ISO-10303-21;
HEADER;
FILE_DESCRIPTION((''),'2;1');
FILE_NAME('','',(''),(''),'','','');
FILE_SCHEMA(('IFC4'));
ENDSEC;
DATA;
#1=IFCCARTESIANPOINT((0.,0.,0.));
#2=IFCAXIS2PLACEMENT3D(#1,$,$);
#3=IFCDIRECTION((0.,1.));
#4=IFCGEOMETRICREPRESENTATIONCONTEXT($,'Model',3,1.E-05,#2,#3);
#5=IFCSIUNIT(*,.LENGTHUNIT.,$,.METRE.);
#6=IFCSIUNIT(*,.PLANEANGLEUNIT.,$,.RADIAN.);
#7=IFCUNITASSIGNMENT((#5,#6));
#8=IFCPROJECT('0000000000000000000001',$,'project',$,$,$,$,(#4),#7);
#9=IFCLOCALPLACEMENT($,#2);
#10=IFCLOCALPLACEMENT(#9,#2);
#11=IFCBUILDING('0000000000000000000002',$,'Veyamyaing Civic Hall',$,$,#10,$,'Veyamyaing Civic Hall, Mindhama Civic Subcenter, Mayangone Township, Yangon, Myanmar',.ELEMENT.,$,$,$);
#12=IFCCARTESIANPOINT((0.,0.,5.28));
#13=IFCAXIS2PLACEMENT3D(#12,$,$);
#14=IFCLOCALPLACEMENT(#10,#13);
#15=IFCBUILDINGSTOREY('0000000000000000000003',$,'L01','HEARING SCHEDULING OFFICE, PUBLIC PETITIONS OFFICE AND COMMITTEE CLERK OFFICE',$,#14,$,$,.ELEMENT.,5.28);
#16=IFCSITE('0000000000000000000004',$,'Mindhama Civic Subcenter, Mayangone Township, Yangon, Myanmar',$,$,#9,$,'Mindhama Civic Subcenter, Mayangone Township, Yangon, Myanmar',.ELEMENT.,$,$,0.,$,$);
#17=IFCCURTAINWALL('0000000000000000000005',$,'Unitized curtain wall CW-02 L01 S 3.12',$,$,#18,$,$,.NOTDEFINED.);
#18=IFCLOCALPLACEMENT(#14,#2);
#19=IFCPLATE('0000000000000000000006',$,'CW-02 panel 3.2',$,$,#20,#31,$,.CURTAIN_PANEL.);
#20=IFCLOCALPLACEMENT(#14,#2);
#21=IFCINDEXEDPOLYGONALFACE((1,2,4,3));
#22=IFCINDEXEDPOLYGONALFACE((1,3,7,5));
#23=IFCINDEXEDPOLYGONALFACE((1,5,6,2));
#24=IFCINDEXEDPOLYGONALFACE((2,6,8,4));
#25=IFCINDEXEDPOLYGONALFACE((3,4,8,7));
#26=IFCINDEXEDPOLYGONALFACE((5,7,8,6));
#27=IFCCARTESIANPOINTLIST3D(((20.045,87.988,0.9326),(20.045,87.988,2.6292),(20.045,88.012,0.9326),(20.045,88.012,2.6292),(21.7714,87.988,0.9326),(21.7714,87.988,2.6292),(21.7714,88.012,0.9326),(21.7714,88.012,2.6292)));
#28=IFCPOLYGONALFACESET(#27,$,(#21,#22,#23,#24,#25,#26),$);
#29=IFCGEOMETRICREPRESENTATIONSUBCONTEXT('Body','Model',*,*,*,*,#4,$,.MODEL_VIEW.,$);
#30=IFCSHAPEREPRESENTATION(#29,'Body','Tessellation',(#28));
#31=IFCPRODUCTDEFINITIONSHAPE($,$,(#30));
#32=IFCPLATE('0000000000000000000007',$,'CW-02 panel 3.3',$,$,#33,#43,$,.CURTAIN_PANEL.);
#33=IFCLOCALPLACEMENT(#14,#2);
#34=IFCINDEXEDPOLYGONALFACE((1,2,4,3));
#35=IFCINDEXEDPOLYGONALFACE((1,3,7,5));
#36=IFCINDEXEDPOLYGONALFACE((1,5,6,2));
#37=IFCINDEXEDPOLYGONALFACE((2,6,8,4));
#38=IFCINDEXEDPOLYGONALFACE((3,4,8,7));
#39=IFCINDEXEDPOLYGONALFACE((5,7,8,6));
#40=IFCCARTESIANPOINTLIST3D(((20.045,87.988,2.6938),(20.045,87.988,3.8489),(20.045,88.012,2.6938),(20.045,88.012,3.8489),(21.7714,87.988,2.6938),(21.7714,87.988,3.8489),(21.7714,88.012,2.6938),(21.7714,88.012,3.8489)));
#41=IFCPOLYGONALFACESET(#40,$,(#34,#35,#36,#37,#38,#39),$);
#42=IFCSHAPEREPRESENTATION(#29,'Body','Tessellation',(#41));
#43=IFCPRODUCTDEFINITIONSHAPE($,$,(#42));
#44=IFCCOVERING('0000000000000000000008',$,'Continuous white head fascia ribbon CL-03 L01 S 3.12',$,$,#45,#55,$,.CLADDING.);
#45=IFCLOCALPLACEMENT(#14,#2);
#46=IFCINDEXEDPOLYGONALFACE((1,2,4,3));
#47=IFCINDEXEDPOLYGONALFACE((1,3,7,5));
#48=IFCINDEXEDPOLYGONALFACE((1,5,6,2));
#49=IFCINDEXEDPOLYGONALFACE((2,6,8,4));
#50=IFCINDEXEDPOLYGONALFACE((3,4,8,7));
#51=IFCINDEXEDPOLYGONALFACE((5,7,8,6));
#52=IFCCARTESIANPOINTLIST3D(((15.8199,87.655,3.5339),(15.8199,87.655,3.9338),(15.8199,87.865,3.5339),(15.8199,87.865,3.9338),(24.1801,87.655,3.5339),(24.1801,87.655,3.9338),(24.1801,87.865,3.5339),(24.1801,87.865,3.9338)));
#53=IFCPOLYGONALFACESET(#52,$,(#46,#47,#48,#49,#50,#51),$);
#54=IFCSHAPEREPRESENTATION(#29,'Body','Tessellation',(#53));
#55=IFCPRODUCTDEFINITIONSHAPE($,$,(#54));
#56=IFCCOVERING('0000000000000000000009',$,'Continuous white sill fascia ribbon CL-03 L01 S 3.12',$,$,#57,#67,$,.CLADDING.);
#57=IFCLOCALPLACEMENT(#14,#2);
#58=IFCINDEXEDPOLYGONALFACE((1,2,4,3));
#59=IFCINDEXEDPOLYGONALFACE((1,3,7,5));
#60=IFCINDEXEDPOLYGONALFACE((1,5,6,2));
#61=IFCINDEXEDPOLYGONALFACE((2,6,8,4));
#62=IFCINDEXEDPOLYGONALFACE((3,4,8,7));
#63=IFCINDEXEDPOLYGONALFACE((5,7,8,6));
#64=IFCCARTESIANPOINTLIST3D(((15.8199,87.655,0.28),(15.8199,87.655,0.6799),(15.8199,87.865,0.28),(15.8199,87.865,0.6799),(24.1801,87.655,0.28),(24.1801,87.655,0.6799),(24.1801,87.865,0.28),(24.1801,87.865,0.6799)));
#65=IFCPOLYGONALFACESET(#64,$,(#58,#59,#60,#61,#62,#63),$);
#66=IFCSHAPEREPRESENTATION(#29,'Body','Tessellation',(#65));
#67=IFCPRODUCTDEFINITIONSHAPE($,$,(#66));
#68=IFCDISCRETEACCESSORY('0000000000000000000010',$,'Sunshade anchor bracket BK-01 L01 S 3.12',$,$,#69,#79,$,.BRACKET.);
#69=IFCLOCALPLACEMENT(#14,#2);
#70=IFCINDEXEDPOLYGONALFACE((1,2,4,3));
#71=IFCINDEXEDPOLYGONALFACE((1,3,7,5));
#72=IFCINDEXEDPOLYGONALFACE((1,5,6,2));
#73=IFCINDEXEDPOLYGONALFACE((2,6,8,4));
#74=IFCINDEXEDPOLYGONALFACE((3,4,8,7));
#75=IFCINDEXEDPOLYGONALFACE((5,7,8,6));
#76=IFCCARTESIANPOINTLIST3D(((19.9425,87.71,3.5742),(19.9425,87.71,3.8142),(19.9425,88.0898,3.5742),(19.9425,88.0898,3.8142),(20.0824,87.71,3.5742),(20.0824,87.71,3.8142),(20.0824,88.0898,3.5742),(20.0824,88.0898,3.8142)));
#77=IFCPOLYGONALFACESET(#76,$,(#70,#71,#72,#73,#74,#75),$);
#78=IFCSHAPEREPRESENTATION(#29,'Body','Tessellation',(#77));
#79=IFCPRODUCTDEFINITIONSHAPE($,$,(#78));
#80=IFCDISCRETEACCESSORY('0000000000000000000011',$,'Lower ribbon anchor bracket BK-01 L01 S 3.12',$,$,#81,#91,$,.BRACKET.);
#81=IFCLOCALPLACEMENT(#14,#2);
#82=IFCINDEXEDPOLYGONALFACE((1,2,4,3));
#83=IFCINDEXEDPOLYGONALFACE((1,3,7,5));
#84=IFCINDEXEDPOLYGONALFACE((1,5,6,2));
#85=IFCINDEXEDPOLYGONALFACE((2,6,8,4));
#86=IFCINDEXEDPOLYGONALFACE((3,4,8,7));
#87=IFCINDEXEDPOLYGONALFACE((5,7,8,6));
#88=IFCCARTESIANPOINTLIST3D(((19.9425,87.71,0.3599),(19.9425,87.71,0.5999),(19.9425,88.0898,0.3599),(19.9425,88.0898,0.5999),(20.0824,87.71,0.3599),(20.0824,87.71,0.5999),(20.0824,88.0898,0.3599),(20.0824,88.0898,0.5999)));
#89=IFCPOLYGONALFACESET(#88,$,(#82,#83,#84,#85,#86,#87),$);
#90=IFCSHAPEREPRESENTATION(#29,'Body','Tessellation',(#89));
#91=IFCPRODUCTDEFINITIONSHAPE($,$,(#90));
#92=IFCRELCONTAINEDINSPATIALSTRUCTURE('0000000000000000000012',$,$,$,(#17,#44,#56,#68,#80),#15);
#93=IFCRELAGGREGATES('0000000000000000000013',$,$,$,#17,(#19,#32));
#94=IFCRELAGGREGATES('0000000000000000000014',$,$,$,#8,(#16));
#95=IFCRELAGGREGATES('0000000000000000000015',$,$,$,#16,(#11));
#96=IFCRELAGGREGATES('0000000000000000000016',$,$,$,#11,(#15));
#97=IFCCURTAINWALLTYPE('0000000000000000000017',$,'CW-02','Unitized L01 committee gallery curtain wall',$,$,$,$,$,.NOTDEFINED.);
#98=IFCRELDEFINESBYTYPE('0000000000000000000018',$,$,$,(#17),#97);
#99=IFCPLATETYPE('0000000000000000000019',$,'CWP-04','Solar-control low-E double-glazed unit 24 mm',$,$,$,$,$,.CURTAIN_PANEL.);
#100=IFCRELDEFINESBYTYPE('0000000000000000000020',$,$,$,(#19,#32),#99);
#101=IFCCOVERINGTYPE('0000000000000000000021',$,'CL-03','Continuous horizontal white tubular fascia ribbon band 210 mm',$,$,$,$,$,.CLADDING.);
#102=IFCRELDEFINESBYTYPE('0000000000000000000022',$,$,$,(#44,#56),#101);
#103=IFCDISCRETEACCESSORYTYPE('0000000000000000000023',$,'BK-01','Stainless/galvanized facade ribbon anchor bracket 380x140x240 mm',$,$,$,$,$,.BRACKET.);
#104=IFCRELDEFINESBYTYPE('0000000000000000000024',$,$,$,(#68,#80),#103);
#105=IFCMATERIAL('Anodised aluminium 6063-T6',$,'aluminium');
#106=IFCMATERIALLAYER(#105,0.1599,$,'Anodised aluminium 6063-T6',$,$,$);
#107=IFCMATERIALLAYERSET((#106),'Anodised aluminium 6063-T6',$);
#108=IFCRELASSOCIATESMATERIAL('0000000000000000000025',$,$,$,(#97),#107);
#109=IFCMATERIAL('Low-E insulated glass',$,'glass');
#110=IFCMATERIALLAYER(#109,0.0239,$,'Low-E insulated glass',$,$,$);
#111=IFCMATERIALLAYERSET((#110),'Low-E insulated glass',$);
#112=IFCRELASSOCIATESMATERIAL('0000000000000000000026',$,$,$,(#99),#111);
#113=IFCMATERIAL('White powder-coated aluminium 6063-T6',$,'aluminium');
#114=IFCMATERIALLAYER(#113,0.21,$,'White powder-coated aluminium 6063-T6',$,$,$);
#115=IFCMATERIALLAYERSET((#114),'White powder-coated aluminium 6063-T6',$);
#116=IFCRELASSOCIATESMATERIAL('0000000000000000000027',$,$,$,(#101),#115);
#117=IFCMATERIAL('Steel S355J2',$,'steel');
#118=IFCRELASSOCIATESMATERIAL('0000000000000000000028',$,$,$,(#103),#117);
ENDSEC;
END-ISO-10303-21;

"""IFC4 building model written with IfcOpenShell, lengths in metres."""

from ifc_helpers import new_model, si_unit, direction, frame, origin, origin_2d, place, context, subcontext, project, spatial, rectangle, extrude, material, layer, layer_set, type_object, element, aggregate, save


model = new_model("IFC4")

# Units and contexts
model_context = context("Model", 3, precision=1e-05, world=origin(), true_north=direction((0.0, 1.0)))
body_context = subcontext(model_context, "Body", "Model", "MODEL_VIEW")
ifc_project = project(units=[si_unit("LENGTHUNIT", "METRE"), si_unit("PLANEANGLEUNIT", "RADIAN")], contexts=[model_context])

# Site, building, storey
site_placement = place(None, origin())
site = spatial("IfcSite", under=ifc_project, at=site_placement, Name="Mindhama Civic Subcenter, Mayangone Township, Yangon, Myanmar", LongName="Mindhama Civic Subcenter, Mayangone Township, Yangon, Myanmar", CompositionType="ELEMENT", RefElevation=0.0)
building_placement = place(site_placement, origin())
building = spatial("IfcBuilding", under=site, at=building_placement, Name="Veyamyaing Civic Hall", LongName="Veyamyaing Civic Hall, Mindhama Civic Subcenter, Mayangone Township, Yangon, Myanmar", CompositionType="ELEMENT")
storey_placement = place(building_placement, frame((0.0, 0.0, 5.28)))
storey = spatial("IfcBuildingStorey", under=building, at=storey_placement, Name="L01", Description="HEARING SCHEDULING OFFICE, PUBLIC PETITIONS OFFICE AND COMMITTEE CLERK OFFICE", CompositionType="ELEMENT", Elevation=5.28)

# Curtain wall, plates
ifc_material_1 = material(Name="Anodised aluminium 6063-T6", Category="aluminium")
ifc_layer_1 = layer(ifc_material_1, 0.1599, Name="Anodised aluminium 6063-T6")
ifc_layer_set_1 = layer_set([ifc_layer_1], Name="Anodised aluminium 6063-T6")
curtain_wall_type = type_object("IfcCurtainWallType", Name="CW-02", Description="Unitized L01 committee gallery curtain wall", PredefinedType="NOTDEFINED", material=ifc_layer_set_1)
curtain_wall_placement = place(storey_placement, origin())
curtain_wall = element("IfcCurtainWall", 1, at=curtain_wall_placement, inside=storey, type_object=curtain_wall_type, Name="Unitized curtain wall CW-02 L01 S 3.12", PredefinedType="NOTDEFINED")
ifc_material_2 = material(Name="Low-E insulated glass", Category="glass")
ifc_layer_2 = layer(ifc_material_2, 0.0239, Name="Low-E insulated glass")
ifc_layer_set_2 = layer_set([ifc_layer_2], Name="Low-E insulated glass")
plate_type = type_object("IfcPlateType", Name="CWP-04", Description="Solar-control low-E double-glazed unit 24 mm", PredefinedType="CURTAIN_PANEL", material=ifc_layer_set_2)
plate_1_placement = place(storey_placement, frame((20.9082, 88.0, 0.9326), z_axis=(0.0, 0.0, 1.0), x_axis=(1.0, 0.0, 0.0)))
plate_1 = element("IfcPlate", 2, at=plate_1_placement, type_object=plate_type, Name="CW-02 panel 3.2", PredefinedType="CURTAIN_PANEL", context=body_context, shape_type="SweptSolid", body=[
    extrude(rectangle(XDim=1.7263, YDim=0.0239, at=origin_2d()), origin(), (0.0, 0.0, 1.0), 1.6965),
])
plate_2_placement = place(storey_placement, frame((20.9082, 88.0, 2.6938), z_axis=(0.0, 0.0, 1.0), x_axis=(1.0, 0.0, 0.0)))
plate_2 = element("IfcPlate", 3, at=plate_2_placement, type_object=plate_type, Name="CW-02 panel 3.3", PredefinedType="CURTAIN_PANEL", context=body_context, shape_type="SweptSolid", body=[
    extrude(rectangle(XDim=1.7263, YDim=0.0239, at=origin_2d()), origin(), (0.0, 0.0, 1.0), 1.155),
])
aggregate(curtain_wall, [plate_1, plate_2])

# Coverings
ifc_material_3 = material(Name="White powder-coated aluminium 6063-T6", Category="aluminium")
ifc_layer_3 = layer(ifc_material_3, 0.21, Name="White powder-coated aluminium 6063-T6")
ifc_layer_set_3 = layer_set([ifc_layer_3], Name="White powder-coated aluminium 6063-T6")
covering_type = type_object("IfcCoveringType", Name="CL-03", Description="Continuous horizontal white tubular fascia ribbon band 210 mm", PredefinedType="CLADDING", material=ifc_layer_set_3)
for number, where, z_axis, x_axis, name in (
    (4, (20.0, 87.76, 3.5339), (0.0, 0.0, 1.0), (1.0, 0.0, 0.0), "Continuous white head fascia ribbon CL-03 L01 S 3.12"),
    (5, (20.0, 87.76, 0.28), (0.0, 0.0, 1.0), (1.0, 0.0, 0.0), "Continuous white sill fascia ribbon CL-03 L01 S 3.12"),
):
    element("IfcCovering", number, at=place(storey_placement, frame(where, z_axis=z_axis, x_axis=x_axis)), inside=storey, type_object=covering_type, Name=name, PredefinedType="CLADDING", context=body_context, shape_type="SweptSolid", body=[
        extrude(rectangle(XDim=8.3601, YDim=0.21, at=origin_2d()), origin(), (0.0, 0.0, 1.0), 0.3999),
    ])

# Discrete accessories
ifc_material_4 = material(Name="Steel S355J2", Category="steel")
discrete_accessory_type = type_object("IfcDiscreteAccessoryType", Name="BK-01", Description="Stainless/galvanized facade ribbon anchor bracket 380x140x240 mm", PredefinedType="BRACKET", material=ifc_material_4)
for number, where, z_axis, x_axis, name in (
    (6, (20.0125, 87.8999, 3.5742), (0.0, 0.0, 1.0), (0.0, -1.0, 0.0), "Sunshade anchor bracket BK-01 L01 S 3.12"),
    (7, (20.0125, 87.8999, 0.3599), (0.0, 0.0, 1.0), (0.0, -1.0, 0.0), "Lower ribbon anchor bracket BK-01 L01 S 3.12"),
):
    element("IfcDiscreteAccessory", number, at=place(storey_placement, frame(where, z_axis=z_axis, x_axis=x_axis)), inside=storey, type_object=discrete_accessory_type, Name=name, PredefinedType="BRACKET", context=body_context, shape_type="SweptSolid", body=[
        extrude(rectangle(XDim=0.3799, YDim=0.1399, at=origin_2d()), origin(), (0.0, 0.0, 1.0), 0.24),
    ])

save(model, "model.ifc")
